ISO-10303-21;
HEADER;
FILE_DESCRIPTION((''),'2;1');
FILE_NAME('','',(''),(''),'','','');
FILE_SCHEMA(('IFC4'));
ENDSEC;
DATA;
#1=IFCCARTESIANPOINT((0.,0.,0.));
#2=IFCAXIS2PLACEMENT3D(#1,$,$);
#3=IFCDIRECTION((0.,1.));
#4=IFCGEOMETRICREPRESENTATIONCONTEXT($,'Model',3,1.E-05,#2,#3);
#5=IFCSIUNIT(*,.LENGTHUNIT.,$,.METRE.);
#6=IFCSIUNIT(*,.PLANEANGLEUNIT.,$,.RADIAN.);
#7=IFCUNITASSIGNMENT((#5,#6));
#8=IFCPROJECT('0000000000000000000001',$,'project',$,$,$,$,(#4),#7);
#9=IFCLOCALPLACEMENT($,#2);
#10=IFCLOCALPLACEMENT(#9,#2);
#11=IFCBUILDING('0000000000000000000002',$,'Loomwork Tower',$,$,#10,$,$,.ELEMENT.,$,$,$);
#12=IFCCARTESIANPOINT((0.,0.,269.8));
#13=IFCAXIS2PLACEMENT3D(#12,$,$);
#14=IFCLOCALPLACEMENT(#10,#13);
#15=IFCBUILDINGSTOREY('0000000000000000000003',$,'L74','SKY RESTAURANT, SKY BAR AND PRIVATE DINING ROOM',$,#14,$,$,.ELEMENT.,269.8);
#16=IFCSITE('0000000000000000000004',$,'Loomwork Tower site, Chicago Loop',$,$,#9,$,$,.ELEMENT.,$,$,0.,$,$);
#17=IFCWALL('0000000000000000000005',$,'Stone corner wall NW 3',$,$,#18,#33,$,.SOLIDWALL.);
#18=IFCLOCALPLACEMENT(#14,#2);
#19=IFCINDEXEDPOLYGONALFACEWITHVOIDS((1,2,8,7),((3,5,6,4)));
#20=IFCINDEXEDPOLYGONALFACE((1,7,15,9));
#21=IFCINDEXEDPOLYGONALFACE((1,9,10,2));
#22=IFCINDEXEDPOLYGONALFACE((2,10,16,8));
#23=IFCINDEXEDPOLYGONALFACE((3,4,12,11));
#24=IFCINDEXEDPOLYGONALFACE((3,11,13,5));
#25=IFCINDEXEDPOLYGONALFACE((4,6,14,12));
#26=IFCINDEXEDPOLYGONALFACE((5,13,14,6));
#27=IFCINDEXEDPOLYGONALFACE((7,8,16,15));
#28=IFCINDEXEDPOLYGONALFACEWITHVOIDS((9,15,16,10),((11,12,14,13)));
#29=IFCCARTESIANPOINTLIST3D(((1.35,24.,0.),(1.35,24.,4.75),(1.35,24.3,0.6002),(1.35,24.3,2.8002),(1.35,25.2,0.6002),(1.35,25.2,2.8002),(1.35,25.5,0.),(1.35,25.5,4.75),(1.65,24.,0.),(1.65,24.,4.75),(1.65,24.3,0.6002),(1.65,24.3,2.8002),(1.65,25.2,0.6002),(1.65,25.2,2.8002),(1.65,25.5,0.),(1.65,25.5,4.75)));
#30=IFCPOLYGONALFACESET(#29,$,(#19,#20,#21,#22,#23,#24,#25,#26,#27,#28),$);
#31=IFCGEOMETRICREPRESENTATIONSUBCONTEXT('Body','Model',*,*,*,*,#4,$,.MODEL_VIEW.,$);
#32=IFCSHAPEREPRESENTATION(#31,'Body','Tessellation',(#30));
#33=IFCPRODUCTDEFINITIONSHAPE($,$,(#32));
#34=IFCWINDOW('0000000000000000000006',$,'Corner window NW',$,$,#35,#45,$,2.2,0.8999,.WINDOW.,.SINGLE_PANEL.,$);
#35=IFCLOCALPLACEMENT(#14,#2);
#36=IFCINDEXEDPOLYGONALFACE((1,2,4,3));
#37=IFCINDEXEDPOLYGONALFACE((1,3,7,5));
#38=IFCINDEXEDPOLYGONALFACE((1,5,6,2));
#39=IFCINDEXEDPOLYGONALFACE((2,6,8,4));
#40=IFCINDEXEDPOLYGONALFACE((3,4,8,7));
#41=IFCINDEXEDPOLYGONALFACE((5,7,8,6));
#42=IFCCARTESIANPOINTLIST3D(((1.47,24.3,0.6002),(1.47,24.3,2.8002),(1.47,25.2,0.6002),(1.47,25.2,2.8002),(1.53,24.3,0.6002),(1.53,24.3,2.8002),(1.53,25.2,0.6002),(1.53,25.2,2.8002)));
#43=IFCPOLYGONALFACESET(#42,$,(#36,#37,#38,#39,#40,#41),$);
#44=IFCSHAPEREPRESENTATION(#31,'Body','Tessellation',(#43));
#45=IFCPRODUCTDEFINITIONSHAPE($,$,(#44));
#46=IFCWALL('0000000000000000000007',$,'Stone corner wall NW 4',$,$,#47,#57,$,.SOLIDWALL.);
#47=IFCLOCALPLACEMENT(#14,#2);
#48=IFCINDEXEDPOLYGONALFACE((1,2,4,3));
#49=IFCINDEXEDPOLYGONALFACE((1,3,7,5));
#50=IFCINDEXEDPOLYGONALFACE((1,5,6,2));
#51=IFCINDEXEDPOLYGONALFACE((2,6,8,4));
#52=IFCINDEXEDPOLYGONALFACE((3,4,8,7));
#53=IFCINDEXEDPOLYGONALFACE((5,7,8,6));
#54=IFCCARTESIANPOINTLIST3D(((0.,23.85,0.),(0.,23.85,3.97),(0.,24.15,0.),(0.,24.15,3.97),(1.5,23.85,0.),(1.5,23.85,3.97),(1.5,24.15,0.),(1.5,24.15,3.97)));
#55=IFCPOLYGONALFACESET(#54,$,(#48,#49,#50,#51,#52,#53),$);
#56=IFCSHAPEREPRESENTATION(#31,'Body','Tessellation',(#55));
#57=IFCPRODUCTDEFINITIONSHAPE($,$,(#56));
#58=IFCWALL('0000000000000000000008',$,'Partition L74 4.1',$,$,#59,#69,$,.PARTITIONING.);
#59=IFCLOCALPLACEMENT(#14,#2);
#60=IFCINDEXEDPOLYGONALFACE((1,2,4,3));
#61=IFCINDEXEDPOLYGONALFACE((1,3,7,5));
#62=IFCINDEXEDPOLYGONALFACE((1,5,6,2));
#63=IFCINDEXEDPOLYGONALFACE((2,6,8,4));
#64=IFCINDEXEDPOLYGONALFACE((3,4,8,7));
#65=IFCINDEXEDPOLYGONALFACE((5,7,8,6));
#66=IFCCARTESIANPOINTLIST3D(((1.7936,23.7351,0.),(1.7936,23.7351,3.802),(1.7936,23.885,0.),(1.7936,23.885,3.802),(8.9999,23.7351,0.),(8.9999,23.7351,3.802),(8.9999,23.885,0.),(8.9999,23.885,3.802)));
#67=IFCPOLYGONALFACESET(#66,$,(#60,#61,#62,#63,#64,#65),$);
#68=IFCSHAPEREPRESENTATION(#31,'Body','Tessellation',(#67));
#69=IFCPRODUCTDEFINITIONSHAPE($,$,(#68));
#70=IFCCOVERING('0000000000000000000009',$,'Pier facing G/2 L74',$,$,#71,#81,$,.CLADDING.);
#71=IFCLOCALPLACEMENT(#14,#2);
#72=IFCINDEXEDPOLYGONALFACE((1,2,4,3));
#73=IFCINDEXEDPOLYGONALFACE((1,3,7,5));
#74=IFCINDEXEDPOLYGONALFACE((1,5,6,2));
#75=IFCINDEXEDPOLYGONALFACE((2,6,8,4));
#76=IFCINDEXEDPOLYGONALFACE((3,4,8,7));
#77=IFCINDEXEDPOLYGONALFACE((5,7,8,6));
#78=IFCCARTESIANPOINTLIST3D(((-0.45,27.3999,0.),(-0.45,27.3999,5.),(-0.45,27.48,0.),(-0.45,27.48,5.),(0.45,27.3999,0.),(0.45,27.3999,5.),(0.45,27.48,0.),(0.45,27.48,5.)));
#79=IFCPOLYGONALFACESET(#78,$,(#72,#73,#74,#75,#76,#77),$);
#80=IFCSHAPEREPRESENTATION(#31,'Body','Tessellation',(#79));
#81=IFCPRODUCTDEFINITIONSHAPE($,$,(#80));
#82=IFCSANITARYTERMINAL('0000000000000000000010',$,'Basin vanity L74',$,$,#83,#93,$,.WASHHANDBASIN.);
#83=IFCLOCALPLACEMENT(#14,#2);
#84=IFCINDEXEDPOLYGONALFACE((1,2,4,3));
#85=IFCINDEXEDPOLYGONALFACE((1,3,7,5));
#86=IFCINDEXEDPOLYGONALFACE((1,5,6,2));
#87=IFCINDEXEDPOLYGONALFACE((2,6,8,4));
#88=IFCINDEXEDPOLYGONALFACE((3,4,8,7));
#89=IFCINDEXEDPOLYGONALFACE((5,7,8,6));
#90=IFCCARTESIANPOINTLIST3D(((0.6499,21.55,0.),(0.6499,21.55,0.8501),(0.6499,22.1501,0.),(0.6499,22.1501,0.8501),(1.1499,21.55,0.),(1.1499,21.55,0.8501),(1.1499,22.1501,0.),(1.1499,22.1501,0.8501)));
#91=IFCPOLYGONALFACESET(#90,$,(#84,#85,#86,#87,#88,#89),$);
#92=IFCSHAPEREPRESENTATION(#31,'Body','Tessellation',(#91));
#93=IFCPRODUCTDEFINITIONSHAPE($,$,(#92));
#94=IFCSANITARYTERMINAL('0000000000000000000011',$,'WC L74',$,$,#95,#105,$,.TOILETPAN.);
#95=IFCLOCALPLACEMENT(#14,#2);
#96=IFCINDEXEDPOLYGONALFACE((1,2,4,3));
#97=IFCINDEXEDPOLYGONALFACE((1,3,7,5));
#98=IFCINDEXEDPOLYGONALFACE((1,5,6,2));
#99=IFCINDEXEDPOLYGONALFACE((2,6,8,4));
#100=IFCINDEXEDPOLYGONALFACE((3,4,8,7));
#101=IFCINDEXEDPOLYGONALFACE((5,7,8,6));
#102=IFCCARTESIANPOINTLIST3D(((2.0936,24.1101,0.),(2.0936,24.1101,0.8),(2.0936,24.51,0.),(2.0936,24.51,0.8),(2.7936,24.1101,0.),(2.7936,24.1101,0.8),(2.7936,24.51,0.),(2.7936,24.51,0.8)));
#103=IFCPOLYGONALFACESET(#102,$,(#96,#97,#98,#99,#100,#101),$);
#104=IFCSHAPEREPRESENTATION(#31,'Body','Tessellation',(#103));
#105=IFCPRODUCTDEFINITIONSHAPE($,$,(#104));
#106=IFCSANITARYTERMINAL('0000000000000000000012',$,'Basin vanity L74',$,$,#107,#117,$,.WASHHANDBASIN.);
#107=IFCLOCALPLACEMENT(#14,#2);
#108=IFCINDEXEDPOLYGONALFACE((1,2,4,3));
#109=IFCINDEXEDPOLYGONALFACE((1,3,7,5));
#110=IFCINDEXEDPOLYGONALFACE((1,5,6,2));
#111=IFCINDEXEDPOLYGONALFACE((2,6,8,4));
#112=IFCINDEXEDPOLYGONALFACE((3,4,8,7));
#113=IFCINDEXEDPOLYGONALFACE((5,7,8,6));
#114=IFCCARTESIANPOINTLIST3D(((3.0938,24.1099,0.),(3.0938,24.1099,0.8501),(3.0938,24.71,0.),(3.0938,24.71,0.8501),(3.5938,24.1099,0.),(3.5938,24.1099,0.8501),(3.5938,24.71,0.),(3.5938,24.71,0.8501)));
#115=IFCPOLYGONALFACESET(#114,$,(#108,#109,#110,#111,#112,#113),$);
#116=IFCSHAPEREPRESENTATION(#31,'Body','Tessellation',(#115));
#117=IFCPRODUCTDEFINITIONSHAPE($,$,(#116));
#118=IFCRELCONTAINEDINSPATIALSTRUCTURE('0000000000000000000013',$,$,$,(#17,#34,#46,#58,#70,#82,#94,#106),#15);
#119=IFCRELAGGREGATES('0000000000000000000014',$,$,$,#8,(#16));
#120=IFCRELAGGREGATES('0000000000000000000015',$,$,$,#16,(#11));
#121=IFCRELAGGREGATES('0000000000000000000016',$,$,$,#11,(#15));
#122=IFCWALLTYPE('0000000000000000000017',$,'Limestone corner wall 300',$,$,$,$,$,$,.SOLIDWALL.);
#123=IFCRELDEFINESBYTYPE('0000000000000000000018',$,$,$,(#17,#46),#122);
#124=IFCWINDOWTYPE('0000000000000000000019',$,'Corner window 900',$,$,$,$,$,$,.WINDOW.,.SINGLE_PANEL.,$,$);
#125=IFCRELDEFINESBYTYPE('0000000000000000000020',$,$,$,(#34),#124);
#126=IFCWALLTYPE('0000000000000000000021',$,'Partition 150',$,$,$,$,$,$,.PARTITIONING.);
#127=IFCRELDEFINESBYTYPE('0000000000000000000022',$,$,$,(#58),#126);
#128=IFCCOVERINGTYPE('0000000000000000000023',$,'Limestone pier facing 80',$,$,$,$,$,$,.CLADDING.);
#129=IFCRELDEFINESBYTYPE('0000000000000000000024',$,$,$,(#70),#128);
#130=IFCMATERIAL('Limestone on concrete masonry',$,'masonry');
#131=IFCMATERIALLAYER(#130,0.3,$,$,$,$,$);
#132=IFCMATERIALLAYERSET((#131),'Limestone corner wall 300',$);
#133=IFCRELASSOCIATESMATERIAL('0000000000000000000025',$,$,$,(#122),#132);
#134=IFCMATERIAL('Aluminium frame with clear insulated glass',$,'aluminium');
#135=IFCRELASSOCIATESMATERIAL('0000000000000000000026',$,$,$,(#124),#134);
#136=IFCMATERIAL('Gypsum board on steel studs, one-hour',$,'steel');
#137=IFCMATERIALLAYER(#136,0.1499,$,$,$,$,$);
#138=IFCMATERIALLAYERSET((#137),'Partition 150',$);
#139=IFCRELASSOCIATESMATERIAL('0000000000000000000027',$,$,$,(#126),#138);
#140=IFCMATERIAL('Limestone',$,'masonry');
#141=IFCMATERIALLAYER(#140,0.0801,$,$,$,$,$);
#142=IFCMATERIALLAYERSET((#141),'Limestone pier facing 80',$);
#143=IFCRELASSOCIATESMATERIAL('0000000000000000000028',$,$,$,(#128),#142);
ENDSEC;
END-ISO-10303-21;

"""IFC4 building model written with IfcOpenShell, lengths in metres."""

from ifc_helpers import new_model, si_unit, direction, frame, frame_2d, origin, origin_2d, place, context, subcontext, project, spatial, rectangle, extrude, material, layer, layer_set, type_object, element, fill, save


model = new_model("IFC4")

# Units and contexts
model_context = context("Model", 3, precision=1e-05, world=origin(), true_north=direction((0.0, 1.0)))
body_context = subcontext(model_context, "Body", "Model", "MODEL_VIEW")
ifc_project = project(units=[si_unit("LENGTHUNIT", "METRE"), si_unit("PLANEANGLEUNIT", "RADIAN")], contexts=[model_context])

# Site, building, storey
site_placement = place(None, origin())
site = spatial("IfcSite", under=ifc_project, at=site_placement, Name="Loomwork Tower site, Chicago Loop", CompositionType="ELEMENT", RefElevation=0.0)
building_placement = place(site_placement, origin())
building = spatial("IfcBuilding", under=site, at=building_placement, Name="Loomwork Tower", CompositionType="ELEMENT")
storey_placement = place(building_placement, frame((0.0, 0.0, 269.8)))
storey = spatial("IfcBuildingStorey", under=building, at=storey_placement, Name="L74", Description="SKY RESTAURANT, SKY BAR AND PRIVATE DINING ROOM", CompositionType="ELEMENT", Elevation=269.8)

# Shared definitions
ifc_material_1 = material(Name="Limestone on concrete masonry", Category="masonry")
ifc_layer_1 = layer(ifc_material_1, 0.3)
ifc_layer_set_1 = layer_set([ifc_layer_1], Name="Limestone corner wall 300")
wall_type_1 = type_object("IfcWallType", Name="Limestone corner wall 300", PredefinedType="SOLIDWALL", material=ifc_layer_set_1)

# Wall, opening, window
ifc_material_2 = material(Name="Aluminium frame with clear insulated glass", Category="aluminium")
window_type = type_object("IfcWindowType", Name="Corner window 900", PartitioningType="SINGLE_PANEL", PredefinedType="WINDOW", material=ifc_material_2)
wall_1_placement = place(storey_placement, frame((1.5, 25.5, 0.0), z_axis=(0.0, 0.0, 1.0), x_axis=(0.0, -1.0, 0.0)))
wall_1 = element("IfcWall", 1, at=wall_1_placement, inside=storey, type_object=wall_type_1, Name="Stone corner wall NW 3", PredefinedType="SOLIDWALL", context=body_context, shape_type="SweptSolid", body=[
    extrude(rectangle(XDim=1.5, YDim=0.3, at=frame_2d((0.75, 0.0))), origin(), (0.0, 0.0, 1.0), 4.75),
])
opening_1_placement = place(wall_1_placement, frame((0.3, 0.0, 0.6001)))
opening_1 = element("IfcOpeningElement", 2, at=opening_1_placement, cuts=wall_1, PredefinedType="OPENING", context=body_context, shape_type="SweptSolid", body=[
    extrude(rectangle(XDim=0.8999, YDim=2.2, at=frame_2d((0.45, 1.1001))), frame((0.0, 0.1599, 0.0), z_axis=(0.0, -1.0, 0.0), x_axis=(1.0, 0.0, 0.0)), (0.0, 0.0, 1.0), 0.3201),
])
window_1_placement = place(opening_1_placement, origin())
window_1 = element("IfcWindow", 3, at=window_1_placement, inside=storey, type_object=window_type, Name="Corner window NW", OverallHeight=2.2, OverallWidth=0.8999, PartitioningType="SINGLE_PANEL", PredefinedType="WINDOW", context=body_context, shape_type="SweptSolid", body=[
    extrude(rectangle(XDim=0.8999, YDim=2.2, at=frame_2d((0.45, 1.1001))), frame((0.0, 0.03, 0.0), z_axis=(0.0, -1.0, 0.0), x_axis=(1.0, 0.0, 0.0)), (0.0, 0.0, 1.0), 0.0601),
])
fill(opening_1, window_1)

# Walls
wall_2_placement = place(storey_placement, frame((1.5, 24.0, 0.0), z_axis=(0.0, 0.0, 1.0), x_axis=(-1.0, 0.0, 0.0)))
element("IfcWall", 4, at=wall_2_placement, inside=storey, type_object=wall_type_1, Name="Stone corner wall NW 4", PredefinedType="SOLIDWALL", context=body_context, shape_type="SweptSolid", body=[
    extrude(rectangle(XDim=1.5, YDim=0.3, at=frame_2d((0.75, 0.0))), origin(), (0.0, 0.0, 1.0), 3.97),
])
ifc_material_3 = material(Name="Gypsum board on steel studs, one-hour", Category="steel")
ifc_layer_2 = layer(ifc_material_3, 0.1499)
ifc_layer_set_2 = layer_set([ifc_layer_2], Name="Partition 150")
wall_type_2 = type_object("IfcWallType", Name="Partition 150", PredefinedType="PARTITIONING", material=ifc_layer_set_2)
wall_3_placement = place(storey_placement, frame((1.7937, 23.8101, 0.0), z_axis=(0.0, 0.0, 1.0), x_axis=(1.0, 0.0, 0.0)))
element("IfcWall", 5, at=wall_3_placement, inside=storey, type_object=wall_type_2, Name="Partition L74 4.1", PredefinedType="PARTITIONING", context=body_context, shape_type="SweptSolid", body=[
    extrude(rectangle(XDim=7.2063, YDim=0.1499, at=frame_2d((3.603, 0.0))), origin(), (0.0, 0.0, 1.0), 3.802),
])

# Covering
ifc_material_4 = material(Name="Limestone", Category="masonry")
ifc_layer_3 = layer(ifc_material_4, 0.0801)
ifc_layer_set_3 = layer_set([ifc_layer_3], Name="Limestone pier facing 80")
covering_type = type_object("IfcCoveringType", Name="Limestone pier facing 80", PredefinedType="CLADDING", material=ifc_layer_set_3)
covering_placement = place(storey_placement, frame((0.0, 27.4399, 0.0), z_axis=(0.0, 0.0, 1.0), x_axis=(1.0, 0.0, 0.0)))
element("IfcCovering", 6, at=covering_placement, inside=storey, type_object=covering_type, Name="Pier facing G/2 L74", PredefinedType="CLADDING", context=body_context, shape_type="SweptSolid", body=[
    extrude(rectangle(XDim=0.8999, YDim=0.0801, at=origin_2d()), origin(), (0.0, 0.0, 1.0), 5.0),
])

# Sanitary terminals
sanitary_terminal_1_placement = place(storey_placement, frame((0.8999, 21.8501, 0.0), z_axis=(0.0, 0.0, 1.0), x_axis=(1.0, 0.0, 0.0)))
element("IfcSanitaryTerminal", 7, at=sanitary_terminal_1_placement, inside=storey, Name="Basin vanity L74", PredefinedType="WASHHANDBASIN", context=body_context, shape_type="SweptSolid", body=[
    extrude(rectangle(XDim=0.5, YDim=0.6001, at=origin_2d()), origin(), (0.0, 0.0, 1.0), 0.8501),
])
sanitary_terminal_2_placement = place(storey_placement, frame((2.4436, 24.3101, 0.0), z_axis=(0.0, 0.0, 1.0), x_axis=(1.0, 0.0, 0.0)))
element("IfcSanitaryTerminal", 8, at=sanitary_terminal_2_placement, inside=storey, Name="WC L74", PredefinedType="TOILETPAN", context=body_context, shape_type="SweptSolid", body=[
    extrude(rectangle(XDim=0.7, YDim=0.3999, at=origin_2d()), origin(), (0.0, 0.0, 1.0), 0.8),
])
sanitary_terminal_3_placement = place(storey_placement, frame((3.3438, 24.4099, 0.0), z_axis=(0.0, 0.0, 1.0), x_axis=(1.0, 0.0, 0.0)))
element("IfcSanitaryTerminal", 9, at=sanitary_terminal_3_placement, inside=storey, Name="Basin vanity L74", PredefinedType="WASHHANDBASIN", context=body_context, shape_type="SweptSolid", body=[
    extrude(rectangle(XDim=0.5, YDim=0.6001, at=origin_2d()), origin(), (0.0, 0.0, 1.0), 0.8501),
])

save(model, "model.ifc")
